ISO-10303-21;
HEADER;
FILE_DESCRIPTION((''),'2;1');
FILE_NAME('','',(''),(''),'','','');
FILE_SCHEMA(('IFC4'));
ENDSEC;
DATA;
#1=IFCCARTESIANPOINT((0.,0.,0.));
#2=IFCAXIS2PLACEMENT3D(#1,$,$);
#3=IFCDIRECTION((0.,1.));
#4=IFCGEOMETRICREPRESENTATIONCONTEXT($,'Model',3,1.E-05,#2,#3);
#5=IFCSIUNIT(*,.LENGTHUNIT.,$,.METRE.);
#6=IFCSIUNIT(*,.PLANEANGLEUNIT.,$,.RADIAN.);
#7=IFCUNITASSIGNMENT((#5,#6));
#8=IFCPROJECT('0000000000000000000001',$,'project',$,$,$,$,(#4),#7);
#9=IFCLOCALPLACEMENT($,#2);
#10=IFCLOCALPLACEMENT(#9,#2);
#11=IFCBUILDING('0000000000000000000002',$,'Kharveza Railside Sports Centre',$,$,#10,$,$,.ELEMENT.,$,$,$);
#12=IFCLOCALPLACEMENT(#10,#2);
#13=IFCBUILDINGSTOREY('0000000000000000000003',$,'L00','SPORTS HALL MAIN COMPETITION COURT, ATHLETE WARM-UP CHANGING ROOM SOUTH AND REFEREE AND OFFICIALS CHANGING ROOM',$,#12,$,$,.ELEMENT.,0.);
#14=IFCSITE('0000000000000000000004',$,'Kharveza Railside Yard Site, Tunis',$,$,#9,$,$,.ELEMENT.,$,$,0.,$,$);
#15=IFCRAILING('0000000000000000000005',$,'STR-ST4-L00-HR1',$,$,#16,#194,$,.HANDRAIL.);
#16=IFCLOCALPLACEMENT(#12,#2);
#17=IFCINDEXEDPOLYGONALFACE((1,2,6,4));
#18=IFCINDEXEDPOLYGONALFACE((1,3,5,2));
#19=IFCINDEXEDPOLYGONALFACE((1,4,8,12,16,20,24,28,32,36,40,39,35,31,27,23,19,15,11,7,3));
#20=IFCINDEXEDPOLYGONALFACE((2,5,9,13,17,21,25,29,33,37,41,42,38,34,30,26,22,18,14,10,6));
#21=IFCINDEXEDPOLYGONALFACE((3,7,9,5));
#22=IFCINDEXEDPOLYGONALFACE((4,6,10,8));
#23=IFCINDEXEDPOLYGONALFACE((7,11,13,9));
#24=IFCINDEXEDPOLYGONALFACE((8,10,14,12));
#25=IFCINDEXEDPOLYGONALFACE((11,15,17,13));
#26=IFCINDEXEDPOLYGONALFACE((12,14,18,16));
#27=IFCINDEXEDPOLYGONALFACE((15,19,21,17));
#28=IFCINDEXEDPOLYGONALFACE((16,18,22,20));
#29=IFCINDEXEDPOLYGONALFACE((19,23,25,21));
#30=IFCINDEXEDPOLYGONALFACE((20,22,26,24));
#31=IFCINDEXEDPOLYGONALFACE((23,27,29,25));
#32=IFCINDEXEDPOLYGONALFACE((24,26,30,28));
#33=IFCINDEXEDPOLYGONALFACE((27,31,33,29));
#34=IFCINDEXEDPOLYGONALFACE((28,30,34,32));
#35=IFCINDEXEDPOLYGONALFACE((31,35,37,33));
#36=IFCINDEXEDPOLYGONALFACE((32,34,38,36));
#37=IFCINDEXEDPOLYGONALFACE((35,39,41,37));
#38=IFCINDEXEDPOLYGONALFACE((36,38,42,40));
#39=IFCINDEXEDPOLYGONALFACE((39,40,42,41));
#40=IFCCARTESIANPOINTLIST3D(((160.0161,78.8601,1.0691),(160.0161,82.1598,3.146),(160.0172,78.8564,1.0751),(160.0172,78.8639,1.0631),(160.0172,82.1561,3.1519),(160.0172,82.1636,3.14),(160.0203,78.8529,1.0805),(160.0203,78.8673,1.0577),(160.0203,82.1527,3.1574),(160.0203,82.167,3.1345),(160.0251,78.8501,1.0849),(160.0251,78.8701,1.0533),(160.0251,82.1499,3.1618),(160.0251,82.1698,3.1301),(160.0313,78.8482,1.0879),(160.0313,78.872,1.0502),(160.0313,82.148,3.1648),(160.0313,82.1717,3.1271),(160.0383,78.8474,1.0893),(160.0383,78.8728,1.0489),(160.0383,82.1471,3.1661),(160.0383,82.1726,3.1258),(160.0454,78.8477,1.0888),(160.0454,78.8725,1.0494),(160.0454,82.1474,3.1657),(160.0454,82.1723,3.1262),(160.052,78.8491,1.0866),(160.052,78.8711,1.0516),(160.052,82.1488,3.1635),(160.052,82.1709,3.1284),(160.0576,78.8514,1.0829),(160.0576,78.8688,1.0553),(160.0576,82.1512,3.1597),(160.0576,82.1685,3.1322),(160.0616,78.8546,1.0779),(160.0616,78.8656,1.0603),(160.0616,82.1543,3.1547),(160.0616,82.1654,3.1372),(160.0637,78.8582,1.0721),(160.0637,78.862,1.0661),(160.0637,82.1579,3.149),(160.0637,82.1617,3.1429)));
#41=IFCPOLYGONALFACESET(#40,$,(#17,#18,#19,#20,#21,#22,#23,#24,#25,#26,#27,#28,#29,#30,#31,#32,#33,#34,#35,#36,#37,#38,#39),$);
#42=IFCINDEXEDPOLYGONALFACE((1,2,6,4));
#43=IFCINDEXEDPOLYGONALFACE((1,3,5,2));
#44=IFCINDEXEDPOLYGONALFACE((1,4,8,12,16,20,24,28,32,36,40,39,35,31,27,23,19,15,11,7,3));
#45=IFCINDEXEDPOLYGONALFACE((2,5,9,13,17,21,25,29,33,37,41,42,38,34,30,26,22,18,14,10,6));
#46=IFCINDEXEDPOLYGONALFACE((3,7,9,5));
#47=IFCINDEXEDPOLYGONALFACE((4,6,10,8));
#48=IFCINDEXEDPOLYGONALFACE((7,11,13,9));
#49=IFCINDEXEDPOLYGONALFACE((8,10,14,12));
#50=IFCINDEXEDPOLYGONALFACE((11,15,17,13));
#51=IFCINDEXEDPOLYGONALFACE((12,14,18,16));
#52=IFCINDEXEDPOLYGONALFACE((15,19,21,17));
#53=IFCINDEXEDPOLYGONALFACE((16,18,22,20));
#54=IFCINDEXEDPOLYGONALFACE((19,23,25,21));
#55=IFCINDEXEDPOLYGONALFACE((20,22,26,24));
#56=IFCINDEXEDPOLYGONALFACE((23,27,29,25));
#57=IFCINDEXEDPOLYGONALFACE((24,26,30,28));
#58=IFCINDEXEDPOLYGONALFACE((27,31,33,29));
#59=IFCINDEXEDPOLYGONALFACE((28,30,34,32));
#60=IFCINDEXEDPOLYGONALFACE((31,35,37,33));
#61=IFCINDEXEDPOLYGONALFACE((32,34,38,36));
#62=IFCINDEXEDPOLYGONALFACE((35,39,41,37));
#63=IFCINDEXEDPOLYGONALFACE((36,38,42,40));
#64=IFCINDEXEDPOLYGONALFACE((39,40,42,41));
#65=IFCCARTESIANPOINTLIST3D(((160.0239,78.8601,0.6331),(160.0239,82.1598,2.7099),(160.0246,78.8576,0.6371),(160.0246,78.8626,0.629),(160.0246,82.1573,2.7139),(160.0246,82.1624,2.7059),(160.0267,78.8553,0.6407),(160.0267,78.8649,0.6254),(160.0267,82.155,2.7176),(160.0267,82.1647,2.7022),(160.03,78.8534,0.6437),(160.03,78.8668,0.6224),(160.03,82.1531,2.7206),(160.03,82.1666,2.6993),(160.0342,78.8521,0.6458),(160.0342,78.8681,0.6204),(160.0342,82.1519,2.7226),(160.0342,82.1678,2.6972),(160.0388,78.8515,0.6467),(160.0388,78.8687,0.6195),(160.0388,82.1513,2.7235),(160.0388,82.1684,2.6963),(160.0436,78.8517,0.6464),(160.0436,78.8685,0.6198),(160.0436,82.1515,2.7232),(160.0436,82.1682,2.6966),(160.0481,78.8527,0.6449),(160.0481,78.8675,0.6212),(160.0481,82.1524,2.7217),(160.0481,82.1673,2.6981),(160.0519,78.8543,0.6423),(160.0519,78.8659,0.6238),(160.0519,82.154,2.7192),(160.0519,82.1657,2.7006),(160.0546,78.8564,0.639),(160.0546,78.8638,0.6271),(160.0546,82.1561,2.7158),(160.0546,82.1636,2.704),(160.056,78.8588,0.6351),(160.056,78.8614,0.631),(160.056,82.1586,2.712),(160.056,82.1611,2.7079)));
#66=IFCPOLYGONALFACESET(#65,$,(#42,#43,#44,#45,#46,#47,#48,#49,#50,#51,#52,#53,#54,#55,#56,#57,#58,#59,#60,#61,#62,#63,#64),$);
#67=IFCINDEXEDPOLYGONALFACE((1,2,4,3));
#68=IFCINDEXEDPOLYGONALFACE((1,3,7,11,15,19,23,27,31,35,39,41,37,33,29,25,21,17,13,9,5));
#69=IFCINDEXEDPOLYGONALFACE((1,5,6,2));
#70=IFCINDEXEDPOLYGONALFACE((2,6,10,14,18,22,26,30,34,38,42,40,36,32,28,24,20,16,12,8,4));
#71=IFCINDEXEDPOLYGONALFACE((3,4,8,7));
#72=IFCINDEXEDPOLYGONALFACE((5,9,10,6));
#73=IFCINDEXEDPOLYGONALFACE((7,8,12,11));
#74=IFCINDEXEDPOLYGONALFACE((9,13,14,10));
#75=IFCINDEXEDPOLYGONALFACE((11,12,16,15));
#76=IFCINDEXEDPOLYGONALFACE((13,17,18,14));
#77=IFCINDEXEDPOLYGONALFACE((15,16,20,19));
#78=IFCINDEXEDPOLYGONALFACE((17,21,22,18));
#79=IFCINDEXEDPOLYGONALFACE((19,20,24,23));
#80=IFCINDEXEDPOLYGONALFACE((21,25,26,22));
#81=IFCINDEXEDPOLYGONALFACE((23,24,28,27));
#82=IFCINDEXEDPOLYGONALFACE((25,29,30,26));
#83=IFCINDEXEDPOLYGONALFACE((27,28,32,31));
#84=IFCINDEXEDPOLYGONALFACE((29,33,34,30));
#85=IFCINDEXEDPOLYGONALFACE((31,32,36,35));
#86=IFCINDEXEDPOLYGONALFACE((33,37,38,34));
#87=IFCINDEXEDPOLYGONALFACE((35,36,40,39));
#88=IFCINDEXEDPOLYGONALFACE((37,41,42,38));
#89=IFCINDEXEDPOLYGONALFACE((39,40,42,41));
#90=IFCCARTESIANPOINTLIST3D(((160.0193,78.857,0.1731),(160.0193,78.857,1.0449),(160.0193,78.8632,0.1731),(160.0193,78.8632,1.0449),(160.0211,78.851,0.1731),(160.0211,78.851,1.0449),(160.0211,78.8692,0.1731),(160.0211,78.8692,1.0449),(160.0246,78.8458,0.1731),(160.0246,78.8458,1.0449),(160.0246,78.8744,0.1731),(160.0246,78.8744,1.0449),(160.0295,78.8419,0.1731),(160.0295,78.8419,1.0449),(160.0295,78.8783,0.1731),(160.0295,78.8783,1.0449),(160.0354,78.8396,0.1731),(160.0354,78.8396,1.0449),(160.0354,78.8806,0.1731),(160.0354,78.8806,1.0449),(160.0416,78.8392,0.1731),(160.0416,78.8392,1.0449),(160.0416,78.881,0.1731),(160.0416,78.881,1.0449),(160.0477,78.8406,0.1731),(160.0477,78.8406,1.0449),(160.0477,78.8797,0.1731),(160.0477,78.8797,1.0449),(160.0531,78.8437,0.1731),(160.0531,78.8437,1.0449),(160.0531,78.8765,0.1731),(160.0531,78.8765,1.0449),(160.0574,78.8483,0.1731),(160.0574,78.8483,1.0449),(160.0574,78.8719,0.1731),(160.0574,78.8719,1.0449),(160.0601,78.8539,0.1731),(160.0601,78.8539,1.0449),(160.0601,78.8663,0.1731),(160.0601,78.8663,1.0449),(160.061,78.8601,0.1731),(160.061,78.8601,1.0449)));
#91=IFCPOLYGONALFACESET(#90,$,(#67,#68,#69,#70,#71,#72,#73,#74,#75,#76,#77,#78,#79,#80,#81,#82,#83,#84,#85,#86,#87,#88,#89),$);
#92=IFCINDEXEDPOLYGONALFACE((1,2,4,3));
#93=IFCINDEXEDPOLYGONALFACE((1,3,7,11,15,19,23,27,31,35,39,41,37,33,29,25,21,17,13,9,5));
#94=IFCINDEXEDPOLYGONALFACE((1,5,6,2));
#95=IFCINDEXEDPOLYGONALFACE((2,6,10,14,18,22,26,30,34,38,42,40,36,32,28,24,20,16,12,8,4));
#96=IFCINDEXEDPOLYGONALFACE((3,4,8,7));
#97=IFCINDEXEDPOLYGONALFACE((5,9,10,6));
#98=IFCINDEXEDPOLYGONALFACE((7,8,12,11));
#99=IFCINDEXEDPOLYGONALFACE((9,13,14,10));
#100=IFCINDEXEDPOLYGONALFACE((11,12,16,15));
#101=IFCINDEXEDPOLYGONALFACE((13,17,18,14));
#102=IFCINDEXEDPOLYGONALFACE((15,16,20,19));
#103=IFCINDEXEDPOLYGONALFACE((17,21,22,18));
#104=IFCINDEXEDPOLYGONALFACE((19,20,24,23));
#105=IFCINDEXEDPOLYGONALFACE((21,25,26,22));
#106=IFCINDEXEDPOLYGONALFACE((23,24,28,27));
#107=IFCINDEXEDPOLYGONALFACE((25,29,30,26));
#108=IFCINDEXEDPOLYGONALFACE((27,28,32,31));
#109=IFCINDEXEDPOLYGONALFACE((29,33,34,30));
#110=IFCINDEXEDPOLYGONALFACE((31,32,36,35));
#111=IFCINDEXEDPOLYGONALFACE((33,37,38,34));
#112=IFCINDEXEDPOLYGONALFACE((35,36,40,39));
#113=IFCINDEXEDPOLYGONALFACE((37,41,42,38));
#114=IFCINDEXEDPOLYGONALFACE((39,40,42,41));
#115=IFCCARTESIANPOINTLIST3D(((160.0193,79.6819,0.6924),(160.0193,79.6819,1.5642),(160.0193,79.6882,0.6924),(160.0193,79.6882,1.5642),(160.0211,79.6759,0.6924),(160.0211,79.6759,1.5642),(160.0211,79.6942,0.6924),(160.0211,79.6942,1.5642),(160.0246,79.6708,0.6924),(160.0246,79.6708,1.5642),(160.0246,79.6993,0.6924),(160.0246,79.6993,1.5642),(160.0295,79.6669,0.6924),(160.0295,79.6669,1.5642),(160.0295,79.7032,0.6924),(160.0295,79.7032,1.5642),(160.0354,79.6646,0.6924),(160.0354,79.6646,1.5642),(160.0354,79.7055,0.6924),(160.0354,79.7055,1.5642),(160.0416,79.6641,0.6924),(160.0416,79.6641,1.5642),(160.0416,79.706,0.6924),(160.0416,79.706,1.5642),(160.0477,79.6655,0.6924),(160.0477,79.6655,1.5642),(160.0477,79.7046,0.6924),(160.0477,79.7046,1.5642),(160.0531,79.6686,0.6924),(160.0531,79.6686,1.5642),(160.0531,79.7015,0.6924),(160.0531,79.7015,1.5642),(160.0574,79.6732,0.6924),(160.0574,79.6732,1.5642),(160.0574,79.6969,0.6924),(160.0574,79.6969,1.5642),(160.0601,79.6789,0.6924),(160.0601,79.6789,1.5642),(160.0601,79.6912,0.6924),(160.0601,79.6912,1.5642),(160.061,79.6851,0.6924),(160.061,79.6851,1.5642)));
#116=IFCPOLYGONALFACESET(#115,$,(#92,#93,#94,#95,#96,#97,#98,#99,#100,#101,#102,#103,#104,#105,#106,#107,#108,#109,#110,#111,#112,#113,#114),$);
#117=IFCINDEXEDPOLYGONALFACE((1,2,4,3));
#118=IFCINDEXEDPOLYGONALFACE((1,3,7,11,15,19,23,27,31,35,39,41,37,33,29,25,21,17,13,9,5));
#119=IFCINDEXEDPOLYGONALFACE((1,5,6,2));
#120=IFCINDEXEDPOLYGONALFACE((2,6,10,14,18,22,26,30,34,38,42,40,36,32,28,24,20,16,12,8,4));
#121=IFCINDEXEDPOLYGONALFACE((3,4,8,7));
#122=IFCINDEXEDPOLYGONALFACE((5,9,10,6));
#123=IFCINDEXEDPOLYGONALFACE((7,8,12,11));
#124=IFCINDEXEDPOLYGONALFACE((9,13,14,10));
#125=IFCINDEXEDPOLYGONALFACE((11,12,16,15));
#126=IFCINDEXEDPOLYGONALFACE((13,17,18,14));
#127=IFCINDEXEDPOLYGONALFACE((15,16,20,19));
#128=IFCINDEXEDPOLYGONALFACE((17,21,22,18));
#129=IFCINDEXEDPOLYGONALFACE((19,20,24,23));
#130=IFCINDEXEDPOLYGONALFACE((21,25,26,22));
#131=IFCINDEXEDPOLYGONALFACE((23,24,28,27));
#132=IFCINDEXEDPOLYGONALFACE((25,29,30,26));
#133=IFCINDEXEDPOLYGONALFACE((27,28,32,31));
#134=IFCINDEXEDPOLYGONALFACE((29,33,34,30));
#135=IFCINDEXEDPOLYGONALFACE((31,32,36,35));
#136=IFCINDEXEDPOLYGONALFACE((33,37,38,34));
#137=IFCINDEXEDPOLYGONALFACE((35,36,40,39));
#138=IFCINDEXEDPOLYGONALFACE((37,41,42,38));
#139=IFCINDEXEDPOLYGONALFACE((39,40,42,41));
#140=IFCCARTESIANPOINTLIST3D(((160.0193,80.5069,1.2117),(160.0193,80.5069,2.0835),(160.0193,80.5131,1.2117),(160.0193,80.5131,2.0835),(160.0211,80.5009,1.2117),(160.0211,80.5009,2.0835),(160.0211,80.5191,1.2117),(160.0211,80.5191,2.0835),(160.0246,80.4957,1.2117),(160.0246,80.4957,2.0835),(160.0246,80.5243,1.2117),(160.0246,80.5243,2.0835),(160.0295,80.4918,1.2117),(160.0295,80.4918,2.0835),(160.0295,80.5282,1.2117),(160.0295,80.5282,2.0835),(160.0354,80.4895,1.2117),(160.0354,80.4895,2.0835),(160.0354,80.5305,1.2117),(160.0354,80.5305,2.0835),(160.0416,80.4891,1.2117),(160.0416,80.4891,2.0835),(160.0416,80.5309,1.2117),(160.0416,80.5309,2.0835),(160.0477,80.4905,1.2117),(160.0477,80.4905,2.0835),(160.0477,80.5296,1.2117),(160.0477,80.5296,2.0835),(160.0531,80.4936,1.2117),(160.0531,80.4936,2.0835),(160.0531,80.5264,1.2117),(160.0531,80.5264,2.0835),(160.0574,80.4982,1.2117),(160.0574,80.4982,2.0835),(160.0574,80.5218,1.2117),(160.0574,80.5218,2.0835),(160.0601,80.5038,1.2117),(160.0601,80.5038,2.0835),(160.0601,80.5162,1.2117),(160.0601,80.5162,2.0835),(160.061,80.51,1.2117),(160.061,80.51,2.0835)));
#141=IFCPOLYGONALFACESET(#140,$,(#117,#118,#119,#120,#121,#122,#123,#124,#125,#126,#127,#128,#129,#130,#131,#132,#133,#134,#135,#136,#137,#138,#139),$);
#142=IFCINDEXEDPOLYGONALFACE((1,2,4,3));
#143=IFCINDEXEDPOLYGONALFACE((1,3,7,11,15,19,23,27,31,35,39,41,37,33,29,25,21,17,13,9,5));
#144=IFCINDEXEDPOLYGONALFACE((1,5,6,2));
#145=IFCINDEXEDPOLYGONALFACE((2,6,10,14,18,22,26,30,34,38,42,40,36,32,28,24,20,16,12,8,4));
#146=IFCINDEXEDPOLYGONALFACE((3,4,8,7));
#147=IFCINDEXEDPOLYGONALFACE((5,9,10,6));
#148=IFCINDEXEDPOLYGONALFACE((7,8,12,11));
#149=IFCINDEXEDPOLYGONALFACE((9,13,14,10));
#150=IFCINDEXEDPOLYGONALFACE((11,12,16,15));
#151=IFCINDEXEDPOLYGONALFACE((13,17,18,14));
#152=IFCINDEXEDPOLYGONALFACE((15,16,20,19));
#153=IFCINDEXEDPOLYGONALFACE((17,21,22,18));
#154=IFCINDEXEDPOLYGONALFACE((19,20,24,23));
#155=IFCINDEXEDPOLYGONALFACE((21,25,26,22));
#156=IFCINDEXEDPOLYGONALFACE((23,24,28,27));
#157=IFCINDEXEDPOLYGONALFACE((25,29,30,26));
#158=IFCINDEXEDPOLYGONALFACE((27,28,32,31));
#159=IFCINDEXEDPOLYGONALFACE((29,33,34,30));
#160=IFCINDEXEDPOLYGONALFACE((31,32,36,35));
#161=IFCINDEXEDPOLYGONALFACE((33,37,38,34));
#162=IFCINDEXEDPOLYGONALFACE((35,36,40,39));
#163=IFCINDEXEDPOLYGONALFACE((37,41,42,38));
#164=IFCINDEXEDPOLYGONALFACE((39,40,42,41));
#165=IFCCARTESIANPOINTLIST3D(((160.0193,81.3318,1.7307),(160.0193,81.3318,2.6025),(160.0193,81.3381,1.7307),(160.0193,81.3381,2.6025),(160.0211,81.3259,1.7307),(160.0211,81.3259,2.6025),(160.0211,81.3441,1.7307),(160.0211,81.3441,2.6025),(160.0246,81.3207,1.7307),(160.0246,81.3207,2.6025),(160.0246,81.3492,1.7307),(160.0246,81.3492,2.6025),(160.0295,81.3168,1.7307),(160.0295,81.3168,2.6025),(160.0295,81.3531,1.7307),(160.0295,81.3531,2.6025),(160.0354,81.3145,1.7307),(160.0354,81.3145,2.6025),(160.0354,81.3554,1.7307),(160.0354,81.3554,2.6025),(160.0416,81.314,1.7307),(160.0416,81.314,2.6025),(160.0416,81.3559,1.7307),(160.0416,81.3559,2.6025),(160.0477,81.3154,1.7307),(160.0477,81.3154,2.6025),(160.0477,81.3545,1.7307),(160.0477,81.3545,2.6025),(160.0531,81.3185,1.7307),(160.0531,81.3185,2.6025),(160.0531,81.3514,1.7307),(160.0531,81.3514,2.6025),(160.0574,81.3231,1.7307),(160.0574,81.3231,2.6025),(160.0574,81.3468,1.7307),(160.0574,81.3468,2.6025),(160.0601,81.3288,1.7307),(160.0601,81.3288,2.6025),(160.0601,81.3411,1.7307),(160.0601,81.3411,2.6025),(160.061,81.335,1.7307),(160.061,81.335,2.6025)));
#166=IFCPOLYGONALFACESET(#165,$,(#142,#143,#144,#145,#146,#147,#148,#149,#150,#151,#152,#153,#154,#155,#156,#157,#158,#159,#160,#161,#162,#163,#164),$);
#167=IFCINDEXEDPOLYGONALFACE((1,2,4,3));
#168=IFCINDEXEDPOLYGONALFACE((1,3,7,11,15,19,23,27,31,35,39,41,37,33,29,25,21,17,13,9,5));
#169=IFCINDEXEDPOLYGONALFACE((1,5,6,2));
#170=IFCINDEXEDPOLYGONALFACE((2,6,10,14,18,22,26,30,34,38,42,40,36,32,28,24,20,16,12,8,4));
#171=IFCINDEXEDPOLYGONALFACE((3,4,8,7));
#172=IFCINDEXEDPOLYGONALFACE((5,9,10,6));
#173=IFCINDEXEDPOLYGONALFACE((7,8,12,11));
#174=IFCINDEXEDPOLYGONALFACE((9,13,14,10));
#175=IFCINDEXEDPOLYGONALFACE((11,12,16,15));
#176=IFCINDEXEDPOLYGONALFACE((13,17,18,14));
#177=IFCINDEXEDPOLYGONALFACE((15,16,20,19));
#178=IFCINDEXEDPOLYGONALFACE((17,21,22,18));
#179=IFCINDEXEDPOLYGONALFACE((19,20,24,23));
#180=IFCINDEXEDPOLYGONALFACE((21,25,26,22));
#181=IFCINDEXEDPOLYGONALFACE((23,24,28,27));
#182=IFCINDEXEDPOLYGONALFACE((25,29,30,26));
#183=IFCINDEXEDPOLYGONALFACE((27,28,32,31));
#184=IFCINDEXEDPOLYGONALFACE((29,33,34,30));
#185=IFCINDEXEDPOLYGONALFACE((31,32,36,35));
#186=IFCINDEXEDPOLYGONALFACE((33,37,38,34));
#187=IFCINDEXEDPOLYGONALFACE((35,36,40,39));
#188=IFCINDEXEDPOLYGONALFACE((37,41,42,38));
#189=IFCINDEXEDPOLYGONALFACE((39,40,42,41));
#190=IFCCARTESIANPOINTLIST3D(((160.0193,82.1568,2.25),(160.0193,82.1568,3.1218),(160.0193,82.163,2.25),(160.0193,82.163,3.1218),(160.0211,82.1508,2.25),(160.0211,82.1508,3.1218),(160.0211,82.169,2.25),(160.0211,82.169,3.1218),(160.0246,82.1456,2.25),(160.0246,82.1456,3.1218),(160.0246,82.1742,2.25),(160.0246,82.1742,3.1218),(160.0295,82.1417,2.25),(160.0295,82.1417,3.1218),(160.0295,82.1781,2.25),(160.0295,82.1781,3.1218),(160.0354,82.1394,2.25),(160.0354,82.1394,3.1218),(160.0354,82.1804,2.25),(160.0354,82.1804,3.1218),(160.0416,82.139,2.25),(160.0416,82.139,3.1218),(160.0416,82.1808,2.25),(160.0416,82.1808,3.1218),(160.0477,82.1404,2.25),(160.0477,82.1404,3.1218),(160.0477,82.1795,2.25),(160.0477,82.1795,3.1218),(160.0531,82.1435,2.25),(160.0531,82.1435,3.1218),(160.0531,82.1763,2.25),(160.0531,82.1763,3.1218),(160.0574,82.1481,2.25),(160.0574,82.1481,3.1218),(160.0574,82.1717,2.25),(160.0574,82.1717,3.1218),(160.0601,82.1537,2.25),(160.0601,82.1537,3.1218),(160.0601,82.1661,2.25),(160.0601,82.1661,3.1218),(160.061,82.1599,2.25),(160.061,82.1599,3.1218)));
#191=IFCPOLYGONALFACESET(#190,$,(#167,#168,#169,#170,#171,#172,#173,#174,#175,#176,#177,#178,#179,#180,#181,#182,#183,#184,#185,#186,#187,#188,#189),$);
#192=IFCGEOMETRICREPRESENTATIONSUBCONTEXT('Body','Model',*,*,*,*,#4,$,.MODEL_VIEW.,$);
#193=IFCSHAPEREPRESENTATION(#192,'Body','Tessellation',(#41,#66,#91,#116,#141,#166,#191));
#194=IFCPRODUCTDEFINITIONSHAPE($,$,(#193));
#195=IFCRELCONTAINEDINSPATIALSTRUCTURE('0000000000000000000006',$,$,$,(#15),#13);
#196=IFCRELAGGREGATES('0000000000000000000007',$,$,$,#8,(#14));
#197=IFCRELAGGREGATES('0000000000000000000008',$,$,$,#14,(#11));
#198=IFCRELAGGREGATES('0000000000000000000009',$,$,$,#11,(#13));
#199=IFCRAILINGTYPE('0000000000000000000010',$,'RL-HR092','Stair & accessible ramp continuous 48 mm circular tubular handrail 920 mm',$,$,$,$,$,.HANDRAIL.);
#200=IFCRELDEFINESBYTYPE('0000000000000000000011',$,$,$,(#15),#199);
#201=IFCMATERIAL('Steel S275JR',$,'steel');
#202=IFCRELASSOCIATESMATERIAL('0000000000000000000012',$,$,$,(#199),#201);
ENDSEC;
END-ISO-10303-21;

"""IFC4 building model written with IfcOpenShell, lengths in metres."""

from ifc_helpers import new_model, si_unit, direction, frame, origin, origin_2d, place, context, subcontext, project, spatial, circle, extrude, material, type_object, element, save


model = new_model("IFC4")

# Units and contexts
model_context = context("Model", 3, precision=1e-05, world=origin(), true_north=direction((0.0, 1.0)))
body_context = subcontext(model_context, "Body", "Model", "MODEL_VIEW")
ifc_project = project(units=[si_unit("LENGTHUNIT", "METRE"), si_unit("PLANEANGLEUNIT", "RADIAN")], contexts=[model_context])

# Site, building, storey
site_placement = place(None, origin())
site = spatial("IfcSite", under=ifc_project, at=site_placement, Name="Kharveza Railside Yard Site, Tunis", CompositionType="ELEMENT", RefElevation=0.0)
building_placement = place(site_placement, origin())
building = spatial("IfcBuilding", under=site, at=building_placement, Name="Kharveza Railside Sports Centre", CompositionType="ELEMENT")
storey_placement = place(building_placement, origin())
storey = spatial("IfcBuildingStorey", under=building, at=storey_placement, Name="L00", Description="SPORTS HALL MAIN COMPETITION COURT, ATHLETE WARM-UP CHANGING ROOM SOUTH AND REFEREE AND OFFICIALS CHANGING ROOM", CompositionType="ELEMENT", Elevation=0.0)

# Railing
ifc_material_1 = material(Name="Steel S275JR", Category="steel")
railing_type = type_object("IfcRailingType", Name="RL-HR092", Description="Stair & accessible ramp continuous 48 mm circular tubular handrail 920 mm", PredefinedType="HANDRAIL", material=ifc_material_1)
railing_placement = place(storey_placement, frame((160.04, 78.8601, 0.1731)))
element("IfcRailing", 1, at=railing_placement, inside=storey, type_object=railing_type, Name="STR-ST4-L00-HR1", PredefinedType="HANDRAIL", context=body_context, shape_type="SweptSolid", body=[
    extrude(circle(Radius=0.0239, at=origin_2d()), frame((0.0, 0.0, 0.896), z_axis=(0.0, 0.84632, 0.532675), x_axis=(-1.0, 0.0, 0.0)), (0.0, 0.0, 1.0), 3.8989),
    extrude(circle(Radius=0.0161, at=origin_2d()), frame((0.0, 0.0, 0.46), z_axis=(0.0, 0.84632, 0.532675), x_axis=(-1.0, 0.0, 0.0)), (0.0, 0.0, 1.0), 3.8989),
    extrude(circle(Radius=0.021, at=origin_2d()), origin(), (0.0, 0.0, 1.0), 0.8718),
    extrude(circle(Radius=0.021, at=origin_2d()), frame((0.0, 0.825, 0.5193)), (0.0, 0.0, 1.0), 0.8718),
    extrude(circle(Radius=0.021, at=origin_2d()), frame((0.0, 1.6499, 1.0386)), (0.0, 0.0, 1.0), 0.8718),
    extrude(circle(Radius=0.021, at=origin_2d()), frame((0.0, 2.4749, 1.5576)), (0.0, 0.0, 1.0), 0.8718),
    extrude(circle(Radius=0.021, at=origin_2d()), frame((0.0, 3.2998, 2.0769)), (0.0, 0.0, 1.0), 0.8718),
])

save(model, "model.ifc")
